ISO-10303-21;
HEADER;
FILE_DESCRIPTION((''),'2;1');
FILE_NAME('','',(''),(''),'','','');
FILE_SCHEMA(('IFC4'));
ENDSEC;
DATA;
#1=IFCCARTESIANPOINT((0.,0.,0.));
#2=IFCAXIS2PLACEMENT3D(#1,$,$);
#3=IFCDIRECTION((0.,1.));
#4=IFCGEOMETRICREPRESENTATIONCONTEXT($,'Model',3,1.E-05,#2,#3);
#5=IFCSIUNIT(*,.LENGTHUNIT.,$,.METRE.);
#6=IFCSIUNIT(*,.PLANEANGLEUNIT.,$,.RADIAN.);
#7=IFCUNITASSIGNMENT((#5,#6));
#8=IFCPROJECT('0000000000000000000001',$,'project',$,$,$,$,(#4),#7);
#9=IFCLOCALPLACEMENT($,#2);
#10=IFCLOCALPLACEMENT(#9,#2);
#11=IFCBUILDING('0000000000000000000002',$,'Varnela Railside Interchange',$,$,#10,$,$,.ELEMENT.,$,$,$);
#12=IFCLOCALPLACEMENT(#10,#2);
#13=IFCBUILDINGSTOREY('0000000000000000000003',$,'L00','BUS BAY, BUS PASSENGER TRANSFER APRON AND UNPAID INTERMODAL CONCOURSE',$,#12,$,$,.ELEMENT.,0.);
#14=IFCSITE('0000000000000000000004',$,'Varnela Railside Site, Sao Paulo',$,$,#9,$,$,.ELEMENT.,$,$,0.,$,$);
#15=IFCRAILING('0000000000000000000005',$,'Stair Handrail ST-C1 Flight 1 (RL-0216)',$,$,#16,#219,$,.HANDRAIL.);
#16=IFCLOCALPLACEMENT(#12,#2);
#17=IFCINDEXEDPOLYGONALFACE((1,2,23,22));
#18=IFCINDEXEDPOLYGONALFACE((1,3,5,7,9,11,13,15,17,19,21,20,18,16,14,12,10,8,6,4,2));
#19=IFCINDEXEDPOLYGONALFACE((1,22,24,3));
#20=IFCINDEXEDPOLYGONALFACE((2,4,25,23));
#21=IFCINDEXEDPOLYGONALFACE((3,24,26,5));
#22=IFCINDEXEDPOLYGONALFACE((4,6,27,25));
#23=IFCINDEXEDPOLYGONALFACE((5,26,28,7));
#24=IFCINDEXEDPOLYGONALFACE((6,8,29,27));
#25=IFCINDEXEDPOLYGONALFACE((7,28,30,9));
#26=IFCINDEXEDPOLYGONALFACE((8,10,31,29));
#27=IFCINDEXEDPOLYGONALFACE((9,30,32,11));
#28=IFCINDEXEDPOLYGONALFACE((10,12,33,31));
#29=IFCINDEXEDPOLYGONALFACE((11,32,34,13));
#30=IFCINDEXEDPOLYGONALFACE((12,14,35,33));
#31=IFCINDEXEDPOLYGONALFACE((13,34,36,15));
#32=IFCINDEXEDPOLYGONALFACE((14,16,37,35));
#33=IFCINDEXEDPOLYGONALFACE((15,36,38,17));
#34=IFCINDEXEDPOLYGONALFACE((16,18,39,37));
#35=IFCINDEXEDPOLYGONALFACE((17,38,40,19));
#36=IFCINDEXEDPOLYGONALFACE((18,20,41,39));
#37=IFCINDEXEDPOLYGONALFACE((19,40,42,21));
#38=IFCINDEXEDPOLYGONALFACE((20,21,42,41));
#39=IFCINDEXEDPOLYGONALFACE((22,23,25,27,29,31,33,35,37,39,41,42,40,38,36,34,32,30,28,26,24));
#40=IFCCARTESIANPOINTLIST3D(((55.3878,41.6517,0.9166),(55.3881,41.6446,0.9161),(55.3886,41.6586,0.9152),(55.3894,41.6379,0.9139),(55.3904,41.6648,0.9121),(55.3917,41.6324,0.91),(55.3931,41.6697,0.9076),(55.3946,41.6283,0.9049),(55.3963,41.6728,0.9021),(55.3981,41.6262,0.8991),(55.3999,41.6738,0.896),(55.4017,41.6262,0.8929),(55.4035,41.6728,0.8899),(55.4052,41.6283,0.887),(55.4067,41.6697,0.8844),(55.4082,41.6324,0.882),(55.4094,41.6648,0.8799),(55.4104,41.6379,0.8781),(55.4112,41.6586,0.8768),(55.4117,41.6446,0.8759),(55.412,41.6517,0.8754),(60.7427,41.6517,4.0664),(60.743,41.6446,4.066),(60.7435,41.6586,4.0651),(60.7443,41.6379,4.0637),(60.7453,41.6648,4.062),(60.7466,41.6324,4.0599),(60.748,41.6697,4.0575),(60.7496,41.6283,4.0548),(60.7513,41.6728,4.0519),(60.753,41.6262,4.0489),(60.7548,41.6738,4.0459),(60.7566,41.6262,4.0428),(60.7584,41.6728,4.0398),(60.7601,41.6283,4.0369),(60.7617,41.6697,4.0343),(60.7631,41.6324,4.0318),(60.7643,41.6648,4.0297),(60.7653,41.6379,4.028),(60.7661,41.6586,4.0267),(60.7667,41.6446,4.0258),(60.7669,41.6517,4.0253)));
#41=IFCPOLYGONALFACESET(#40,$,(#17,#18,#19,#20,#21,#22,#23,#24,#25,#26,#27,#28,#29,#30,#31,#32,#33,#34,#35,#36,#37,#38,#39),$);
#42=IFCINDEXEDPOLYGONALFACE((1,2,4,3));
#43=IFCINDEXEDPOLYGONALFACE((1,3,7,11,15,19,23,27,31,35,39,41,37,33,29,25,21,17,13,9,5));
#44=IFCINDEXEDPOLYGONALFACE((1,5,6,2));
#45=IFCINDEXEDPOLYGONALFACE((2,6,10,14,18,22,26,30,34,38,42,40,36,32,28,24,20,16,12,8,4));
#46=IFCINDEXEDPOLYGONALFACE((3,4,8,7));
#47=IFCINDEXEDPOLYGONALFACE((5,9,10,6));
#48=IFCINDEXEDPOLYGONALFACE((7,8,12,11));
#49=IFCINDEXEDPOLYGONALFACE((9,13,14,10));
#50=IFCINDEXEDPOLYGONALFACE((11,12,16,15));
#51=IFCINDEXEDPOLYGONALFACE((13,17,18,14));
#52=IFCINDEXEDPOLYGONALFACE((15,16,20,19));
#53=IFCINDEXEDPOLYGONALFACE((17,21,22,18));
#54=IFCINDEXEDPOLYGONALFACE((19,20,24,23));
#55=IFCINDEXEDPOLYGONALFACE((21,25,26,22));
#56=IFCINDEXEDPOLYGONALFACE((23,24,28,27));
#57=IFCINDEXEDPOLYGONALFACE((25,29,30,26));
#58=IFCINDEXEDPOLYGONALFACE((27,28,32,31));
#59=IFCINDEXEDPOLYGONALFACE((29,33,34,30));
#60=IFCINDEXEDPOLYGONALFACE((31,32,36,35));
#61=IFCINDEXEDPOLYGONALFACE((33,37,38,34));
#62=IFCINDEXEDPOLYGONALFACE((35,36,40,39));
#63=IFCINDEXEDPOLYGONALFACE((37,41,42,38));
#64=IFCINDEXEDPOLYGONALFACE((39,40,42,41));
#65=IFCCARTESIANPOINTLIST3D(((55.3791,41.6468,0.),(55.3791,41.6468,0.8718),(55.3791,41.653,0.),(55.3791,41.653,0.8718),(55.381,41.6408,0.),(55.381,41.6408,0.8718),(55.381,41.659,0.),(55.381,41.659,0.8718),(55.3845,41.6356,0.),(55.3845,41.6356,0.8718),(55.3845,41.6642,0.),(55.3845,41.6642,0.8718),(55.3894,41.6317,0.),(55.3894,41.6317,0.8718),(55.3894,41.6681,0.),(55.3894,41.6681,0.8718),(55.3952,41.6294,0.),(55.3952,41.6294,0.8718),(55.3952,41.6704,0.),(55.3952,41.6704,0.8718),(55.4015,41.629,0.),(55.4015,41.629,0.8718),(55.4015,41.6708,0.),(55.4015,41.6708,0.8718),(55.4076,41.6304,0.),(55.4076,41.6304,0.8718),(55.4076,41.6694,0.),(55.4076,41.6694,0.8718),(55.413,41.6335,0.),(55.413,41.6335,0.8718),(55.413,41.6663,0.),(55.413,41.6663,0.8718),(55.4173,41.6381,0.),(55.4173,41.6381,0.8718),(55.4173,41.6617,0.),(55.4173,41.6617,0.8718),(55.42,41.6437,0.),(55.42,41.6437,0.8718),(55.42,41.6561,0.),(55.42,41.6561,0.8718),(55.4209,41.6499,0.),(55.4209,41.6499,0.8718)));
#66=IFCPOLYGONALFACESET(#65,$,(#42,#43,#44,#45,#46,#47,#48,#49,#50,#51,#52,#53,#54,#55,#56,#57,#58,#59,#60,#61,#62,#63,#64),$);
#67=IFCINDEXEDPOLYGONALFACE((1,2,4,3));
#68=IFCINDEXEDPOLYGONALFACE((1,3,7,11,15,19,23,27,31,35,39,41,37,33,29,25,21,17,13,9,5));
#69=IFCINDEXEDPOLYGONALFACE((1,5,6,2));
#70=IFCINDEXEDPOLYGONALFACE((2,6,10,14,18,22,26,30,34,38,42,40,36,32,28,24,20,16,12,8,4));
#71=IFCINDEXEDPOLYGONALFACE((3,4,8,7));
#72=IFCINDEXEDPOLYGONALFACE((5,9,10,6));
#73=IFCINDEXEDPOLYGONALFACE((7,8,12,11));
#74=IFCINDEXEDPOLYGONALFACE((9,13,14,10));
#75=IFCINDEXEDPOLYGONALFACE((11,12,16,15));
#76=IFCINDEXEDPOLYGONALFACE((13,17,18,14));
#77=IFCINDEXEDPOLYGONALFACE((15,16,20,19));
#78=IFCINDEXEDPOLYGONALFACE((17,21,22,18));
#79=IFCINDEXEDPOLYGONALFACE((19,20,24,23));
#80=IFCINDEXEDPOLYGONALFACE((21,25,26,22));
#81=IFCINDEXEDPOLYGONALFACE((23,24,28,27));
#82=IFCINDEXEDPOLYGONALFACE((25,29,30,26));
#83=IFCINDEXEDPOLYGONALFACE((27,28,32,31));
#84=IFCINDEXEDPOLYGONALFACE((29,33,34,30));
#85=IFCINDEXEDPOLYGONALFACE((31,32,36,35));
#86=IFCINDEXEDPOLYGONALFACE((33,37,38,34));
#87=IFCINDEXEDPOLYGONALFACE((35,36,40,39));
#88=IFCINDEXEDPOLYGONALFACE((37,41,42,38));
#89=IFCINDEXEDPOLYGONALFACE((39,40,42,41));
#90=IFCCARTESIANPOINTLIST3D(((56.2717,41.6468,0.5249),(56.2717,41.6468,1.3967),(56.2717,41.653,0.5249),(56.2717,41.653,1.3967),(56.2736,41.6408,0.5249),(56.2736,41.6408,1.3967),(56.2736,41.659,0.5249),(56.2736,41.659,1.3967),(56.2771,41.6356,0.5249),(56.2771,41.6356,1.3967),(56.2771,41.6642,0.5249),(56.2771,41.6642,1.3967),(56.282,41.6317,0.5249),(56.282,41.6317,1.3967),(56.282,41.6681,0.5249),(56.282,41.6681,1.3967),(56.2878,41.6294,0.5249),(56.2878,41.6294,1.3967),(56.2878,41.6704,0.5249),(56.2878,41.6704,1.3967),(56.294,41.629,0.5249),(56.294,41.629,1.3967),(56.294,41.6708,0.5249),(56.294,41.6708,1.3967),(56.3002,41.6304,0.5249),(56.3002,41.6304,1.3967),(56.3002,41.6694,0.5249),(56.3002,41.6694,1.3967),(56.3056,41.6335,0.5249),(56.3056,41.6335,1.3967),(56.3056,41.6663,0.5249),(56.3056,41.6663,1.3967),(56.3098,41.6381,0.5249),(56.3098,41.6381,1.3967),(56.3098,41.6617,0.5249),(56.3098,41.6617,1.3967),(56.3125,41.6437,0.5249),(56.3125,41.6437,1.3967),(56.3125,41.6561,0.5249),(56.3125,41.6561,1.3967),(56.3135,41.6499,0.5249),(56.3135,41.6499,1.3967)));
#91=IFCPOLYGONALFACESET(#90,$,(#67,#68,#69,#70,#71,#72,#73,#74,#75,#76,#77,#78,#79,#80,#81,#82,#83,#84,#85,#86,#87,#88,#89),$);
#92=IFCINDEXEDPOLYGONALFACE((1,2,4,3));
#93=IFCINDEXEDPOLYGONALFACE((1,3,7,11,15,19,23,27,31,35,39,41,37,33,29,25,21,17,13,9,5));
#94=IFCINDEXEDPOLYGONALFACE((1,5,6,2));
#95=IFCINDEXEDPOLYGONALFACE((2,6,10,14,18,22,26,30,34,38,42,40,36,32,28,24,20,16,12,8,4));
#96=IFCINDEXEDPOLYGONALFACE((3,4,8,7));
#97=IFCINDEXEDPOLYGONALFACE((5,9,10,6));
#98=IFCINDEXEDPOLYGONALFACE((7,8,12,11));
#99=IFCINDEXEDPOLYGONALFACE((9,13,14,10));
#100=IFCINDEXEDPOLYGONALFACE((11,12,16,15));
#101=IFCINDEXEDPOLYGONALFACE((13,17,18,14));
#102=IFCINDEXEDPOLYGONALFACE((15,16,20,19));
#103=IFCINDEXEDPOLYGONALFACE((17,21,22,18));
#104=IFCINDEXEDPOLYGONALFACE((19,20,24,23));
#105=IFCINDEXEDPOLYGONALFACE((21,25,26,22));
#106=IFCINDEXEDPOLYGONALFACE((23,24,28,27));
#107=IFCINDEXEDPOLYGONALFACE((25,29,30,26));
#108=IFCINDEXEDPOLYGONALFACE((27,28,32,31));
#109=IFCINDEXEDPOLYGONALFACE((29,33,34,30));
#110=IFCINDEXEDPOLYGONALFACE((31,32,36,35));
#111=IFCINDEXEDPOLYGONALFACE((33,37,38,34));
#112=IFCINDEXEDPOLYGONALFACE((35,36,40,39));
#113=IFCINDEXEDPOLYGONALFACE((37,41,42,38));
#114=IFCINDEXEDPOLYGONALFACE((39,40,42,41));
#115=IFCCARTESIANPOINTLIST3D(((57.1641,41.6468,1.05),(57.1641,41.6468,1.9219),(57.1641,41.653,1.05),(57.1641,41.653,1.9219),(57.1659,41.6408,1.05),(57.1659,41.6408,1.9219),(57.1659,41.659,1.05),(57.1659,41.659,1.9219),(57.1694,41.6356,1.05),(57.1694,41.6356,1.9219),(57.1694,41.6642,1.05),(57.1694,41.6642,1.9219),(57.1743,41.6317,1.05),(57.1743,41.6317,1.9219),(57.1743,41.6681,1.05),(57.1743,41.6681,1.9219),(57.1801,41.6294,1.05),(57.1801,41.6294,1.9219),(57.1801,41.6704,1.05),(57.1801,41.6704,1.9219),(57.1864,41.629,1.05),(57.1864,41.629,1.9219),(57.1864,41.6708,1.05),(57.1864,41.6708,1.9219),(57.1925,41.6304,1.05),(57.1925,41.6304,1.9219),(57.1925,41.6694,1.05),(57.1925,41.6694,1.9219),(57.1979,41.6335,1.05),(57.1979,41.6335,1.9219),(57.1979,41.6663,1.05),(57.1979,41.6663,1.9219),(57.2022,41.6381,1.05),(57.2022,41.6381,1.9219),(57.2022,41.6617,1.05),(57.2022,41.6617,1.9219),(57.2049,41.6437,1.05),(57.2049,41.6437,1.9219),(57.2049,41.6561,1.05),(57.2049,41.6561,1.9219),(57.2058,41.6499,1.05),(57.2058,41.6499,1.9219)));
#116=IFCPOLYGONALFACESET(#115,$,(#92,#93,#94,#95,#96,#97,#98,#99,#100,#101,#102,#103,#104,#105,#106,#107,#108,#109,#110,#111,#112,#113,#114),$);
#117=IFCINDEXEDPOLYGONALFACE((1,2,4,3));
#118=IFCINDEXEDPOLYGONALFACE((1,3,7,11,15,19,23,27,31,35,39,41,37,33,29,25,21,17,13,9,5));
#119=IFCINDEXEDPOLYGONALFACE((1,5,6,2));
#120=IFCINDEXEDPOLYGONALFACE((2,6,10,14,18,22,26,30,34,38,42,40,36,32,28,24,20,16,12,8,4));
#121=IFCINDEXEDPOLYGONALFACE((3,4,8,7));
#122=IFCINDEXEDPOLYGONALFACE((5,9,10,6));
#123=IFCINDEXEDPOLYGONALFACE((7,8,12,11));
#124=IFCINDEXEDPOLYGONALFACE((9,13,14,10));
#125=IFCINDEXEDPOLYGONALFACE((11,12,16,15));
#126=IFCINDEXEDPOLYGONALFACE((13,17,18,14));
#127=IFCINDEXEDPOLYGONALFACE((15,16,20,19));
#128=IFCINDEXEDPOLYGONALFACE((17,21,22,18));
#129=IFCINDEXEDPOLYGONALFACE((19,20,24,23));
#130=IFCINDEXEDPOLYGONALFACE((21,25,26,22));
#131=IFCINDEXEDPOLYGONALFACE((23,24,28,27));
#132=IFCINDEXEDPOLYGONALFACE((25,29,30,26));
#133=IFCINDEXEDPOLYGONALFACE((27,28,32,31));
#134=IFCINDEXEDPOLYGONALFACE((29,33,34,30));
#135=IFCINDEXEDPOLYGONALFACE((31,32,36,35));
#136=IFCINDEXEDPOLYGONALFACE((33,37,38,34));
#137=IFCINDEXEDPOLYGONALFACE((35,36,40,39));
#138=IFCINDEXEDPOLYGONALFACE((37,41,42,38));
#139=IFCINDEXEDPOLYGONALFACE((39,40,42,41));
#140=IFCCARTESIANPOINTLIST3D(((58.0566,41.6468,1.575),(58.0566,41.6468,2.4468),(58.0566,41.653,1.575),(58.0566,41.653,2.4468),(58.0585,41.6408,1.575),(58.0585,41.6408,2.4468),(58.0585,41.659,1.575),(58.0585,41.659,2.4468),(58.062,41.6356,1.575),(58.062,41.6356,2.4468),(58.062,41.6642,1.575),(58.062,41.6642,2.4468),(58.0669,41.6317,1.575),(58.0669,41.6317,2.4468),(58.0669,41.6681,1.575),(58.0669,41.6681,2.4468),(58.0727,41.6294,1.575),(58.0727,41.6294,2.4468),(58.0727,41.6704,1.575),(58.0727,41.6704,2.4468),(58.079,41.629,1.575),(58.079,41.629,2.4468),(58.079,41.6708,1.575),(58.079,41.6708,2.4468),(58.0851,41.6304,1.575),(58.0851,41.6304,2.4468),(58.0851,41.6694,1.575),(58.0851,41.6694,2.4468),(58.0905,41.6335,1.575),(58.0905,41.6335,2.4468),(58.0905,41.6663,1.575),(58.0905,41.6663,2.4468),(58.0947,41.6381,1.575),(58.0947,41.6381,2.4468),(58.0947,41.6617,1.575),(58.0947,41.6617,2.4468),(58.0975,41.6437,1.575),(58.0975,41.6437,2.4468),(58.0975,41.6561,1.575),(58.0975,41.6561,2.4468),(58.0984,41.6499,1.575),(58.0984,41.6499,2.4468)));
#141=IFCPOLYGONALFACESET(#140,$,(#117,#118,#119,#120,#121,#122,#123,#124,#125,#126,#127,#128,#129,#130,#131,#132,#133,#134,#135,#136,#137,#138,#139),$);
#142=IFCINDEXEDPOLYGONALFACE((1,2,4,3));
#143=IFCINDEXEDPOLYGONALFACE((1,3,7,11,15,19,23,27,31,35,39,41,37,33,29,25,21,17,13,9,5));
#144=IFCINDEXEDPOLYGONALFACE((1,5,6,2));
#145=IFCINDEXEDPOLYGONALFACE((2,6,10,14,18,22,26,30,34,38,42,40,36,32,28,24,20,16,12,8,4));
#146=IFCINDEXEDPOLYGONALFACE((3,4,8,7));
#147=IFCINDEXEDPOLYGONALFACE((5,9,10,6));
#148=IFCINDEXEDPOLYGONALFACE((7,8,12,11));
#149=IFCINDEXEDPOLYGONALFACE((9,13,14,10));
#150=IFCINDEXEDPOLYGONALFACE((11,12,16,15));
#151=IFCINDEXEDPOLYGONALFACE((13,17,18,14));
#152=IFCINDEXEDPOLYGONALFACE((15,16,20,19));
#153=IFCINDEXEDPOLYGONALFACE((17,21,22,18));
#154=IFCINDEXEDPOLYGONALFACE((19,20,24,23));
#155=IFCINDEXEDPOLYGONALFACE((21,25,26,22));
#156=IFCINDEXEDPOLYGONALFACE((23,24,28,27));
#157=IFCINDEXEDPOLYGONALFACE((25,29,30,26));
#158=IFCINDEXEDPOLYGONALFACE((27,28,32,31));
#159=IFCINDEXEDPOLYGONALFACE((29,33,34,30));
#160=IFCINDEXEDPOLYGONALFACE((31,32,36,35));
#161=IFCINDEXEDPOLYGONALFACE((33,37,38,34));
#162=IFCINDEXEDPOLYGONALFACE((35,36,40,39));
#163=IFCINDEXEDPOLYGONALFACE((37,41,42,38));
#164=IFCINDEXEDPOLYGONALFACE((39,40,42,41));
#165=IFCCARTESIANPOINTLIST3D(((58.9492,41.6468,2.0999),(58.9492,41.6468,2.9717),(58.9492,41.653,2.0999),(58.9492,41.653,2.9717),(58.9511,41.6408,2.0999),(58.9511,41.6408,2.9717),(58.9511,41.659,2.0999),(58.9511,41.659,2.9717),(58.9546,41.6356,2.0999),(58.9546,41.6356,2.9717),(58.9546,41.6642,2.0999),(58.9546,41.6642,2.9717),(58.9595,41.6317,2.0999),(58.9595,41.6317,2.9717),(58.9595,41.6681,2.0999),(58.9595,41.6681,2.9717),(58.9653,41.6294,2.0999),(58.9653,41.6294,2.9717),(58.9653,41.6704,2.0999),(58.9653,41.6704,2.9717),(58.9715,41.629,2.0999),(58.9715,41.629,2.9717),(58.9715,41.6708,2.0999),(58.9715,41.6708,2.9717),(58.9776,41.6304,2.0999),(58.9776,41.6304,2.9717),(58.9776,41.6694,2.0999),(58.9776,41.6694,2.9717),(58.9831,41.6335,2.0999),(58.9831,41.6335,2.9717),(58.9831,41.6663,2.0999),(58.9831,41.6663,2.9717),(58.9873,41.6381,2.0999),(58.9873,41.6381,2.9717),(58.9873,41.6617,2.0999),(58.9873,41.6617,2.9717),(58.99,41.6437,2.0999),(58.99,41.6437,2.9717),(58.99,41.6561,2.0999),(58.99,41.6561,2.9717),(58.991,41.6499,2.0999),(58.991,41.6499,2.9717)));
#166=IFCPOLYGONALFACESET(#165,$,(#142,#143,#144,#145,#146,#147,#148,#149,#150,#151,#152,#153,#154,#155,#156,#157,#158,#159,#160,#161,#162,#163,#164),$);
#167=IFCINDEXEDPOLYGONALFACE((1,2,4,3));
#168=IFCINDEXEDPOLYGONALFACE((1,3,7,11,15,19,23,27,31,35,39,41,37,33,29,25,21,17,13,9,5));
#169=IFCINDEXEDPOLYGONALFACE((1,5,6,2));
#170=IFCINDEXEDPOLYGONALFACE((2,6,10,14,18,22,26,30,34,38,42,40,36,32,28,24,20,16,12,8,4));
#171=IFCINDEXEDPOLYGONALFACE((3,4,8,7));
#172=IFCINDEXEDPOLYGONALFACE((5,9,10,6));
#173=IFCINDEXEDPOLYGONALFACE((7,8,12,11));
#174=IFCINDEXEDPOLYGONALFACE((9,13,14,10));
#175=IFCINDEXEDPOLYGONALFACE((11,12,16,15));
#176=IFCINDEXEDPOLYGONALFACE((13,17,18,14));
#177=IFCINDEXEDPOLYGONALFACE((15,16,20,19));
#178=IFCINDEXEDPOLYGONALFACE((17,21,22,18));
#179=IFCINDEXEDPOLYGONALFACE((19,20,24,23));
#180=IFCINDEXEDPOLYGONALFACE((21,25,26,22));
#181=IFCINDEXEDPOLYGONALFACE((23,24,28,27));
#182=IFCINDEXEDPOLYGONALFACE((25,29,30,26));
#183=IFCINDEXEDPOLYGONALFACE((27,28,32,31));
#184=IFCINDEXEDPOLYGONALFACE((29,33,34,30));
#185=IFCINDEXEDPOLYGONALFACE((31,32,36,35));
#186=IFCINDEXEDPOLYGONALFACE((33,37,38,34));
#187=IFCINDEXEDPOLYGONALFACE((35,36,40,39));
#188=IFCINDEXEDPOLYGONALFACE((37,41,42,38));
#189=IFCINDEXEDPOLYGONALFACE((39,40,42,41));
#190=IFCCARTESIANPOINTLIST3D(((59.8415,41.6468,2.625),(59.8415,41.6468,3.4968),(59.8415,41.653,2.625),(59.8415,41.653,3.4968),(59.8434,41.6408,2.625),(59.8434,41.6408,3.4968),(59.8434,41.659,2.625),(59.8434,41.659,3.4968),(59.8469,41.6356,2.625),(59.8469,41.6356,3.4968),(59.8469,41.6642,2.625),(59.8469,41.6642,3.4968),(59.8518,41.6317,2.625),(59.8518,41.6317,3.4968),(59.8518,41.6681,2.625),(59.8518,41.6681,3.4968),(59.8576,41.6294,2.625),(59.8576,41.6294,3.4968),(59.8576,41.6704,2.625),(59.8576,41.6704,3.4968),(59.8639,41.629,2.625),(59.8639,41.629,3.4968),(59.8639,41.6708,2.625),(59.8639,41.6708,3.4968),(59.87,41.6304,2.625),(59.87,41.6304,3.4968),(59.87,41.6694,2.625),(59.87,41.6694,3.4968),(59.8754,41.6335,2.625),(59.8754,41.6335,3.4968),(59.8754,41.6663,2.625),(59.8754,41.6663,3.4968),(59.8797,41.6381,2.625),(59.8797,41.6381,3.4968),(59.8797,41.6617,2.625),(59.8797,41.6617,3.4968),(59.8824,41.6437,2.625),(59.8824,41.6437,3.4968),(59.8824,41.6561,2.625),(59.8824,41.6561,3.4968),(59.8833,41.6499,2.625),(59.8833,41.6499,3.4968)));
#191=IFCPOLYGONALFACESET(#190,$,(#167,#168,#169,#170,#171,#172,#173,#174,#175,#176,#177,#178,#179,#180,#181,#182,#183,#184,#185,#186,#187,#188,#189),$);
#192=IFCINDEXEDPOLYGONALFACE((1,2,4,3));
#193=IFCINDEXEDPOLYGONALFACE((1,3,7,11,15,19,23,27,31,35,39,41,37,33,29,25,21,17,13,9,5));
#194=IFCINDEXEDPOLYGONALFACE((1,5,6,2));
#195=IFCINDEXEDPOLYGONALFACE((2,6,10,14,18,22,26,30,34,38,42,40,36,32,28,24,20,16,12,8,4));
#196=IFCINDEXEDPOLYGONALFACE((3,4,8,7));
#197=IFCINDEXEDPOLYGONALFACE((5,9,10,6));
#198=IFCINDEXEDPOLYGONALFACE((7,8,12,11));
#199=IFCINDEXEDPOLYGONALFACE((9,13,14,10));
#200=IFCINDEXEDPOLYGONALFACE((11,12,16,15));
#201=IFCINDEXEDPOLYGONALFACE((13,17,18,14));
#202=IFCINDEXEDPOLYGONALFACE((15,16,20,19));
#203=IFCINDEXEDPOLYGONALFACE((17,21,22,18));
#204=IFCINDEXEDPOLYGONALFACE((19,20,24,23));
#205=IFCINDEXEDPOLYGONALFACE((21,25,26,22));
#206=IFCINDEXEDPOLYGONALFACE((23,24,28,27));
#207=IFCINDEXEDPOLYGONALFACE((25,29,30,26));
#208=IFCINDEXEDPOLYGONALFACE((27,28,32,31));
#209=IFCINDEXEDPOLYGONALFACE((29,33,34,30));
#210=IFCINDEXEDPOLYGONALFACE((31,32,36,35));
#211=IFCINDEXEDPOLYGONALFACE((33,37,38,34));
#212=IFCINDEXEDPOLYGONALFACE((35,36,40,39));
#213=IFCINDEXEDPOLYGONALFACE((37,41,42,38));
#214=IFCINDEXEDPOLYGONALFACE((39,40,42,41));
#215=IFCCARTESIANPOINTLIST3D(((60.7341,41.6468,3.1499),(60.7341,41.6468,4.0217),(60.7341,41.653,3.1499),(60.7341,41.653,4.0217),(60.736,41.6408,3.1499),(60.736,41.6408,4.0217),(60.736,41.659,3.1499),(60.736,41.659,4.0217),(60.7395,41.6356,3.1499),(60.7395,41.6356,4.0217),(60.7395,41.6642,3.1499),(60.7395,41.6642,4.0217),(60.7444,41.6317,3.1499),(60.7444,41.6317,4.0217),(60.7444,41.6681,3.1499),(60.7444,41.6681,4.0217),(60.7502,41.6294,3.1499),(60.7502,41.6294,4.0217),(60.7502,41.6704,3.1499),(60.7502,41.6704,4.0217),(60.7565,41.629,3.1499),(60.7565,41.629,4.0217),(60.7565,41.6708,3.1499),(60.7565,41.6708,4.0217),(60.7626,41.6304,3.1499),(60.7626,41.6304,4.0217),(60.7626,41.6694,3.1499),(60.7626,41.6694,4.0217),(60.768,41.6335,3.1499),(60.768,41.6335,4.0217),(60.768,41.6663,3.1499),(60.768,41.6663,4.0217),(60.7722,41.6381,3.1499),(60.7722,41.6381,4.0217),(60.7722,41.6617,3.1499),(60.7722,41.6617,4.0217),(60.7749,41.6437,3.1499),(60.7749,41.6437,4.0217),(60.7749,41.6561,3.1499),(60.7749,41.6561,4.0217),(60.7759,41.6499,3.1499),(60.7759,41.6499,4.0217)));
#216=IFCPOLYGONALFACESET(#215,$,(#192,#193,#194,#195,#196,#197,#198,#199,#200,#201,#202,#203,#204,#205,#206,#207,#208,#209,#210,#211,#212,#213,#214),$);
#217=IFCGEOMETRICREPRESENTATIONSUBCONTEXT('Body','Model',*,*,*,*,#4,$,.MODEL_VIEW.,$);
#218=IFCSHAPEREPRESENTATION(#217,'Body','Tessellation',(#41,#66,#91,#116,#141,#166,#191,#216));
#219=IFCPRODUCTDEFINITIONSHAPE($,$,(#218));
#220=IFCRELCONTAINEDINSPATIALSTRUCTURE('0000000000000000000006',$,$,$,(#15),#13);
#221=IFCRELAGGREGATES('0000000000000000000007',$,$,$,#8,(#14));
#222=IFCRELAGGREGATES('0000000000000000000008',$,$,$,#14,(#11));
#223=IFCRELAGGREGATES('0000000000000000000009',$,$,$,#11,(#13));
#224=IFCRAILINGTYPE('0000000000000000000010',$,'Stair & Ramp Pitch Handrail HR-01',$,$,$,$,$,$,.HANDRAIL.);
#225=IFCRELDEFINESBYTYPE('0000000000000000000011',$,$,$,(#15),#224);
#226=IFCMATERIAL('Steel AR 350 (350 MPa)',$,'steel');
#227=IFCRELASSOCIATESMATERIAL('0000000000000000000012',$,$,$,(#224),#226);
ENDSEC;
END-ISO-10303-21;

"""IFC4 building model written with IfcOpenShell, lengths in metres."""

from ifc_helpers import new_model, si_unit, direction, frame, origin, origin_2d, place, context, subcontext, project, spatial, circle, extrude, material, type_object, element, save


model = new_model("IFC4")

# Units and contexts
model_context = context("Model", 3, precision=1e-05, world=origin(), true_north=direction((0.0, 1.0)))
body_context = subcontext(model_context, "Body", "Model", "MODEL_VIEW")
ifc_project = project(units=[si_unit("LENGTHUNIT", "METRE"), si_unit("PLANEANGLEUNIT", "RADIAN")], contexts=[model_context])

# Site, building, storey
site_placement = place(None, origin())
site = spatial("IfcSite", under=ifc_project, at=site_placement, Name="Varnela Railside Site, Sao Paulo", CompositionType="ELEMENT", RefElevation=0.0)
building_placement = place(site_placement, origin())
building = spatial("IfcBuilding", under=site, at=building_placement, Name="Varnela Railside Interchange", CompositionType="ELEMENT")
storey_placement = place(building_placement, origin())
storey = spatial("IfcBuildingStorey", under=building, at=storey_placement, Name="L00", Description="BUS BAY, BUS PASSENGER TRANSFER APRON AND UNPAID INTERMODAL CONCOURSE", CompositionType="ELEMENT", Elevation=0.0)

# Shared definitions
ifc_material_1 = material(Name="Steel AR 350 (350 MPa)", Category="steel")

# Railing
railing_type_1 = type_object("IfcRailingType", Name="Stair & Ramp Pitch Handrail HR-01", PredefinedType="HANDRAIL", material=ifc_material_1)
railing_1_placement = place(storey_placement, frame((55.3999, 41.6499, 0.0)))
element("IfcRailing", 1, at=railing_1_placement, inside=storey, type_object=railing_type_1, Name="Stair Handrail ST-C1 Flight 1 (RL-0216)", PredefinedType="HANDRAIL", context=body_context, shape_type="SweptSolid", body=[
    extrude(circle(Radius=0.0239, at=origin_2d()), frame((0.0, 0.0, 0.896), z_axis=(0.86194, 0.0, 0.50701), x_axis=(0.0, 1.0, 0.0)), (0.0, 0.0, 1.0), 6.2126),
    extrude(circle(Radius=0.021, at=origin_2d()), origin(), (0.0, 0.0, 1.0), 0.8718),
    extrude(circle(Radius=0.021, at=origin_2d()), frame((0.8926, 0.0, 0.5249)), (0.0, 0.0, 1.0), 0.8718),
    extrude(circle(Radius=0.021, at=origin_2d()), frame((1.7849, 0.0, 1.05)), (0.0, 0.0, 1.0), 0.8718),
    extrude(circle(Radius=0.021, at=origin_2d()), frame((2.6775, 0.0, 1.575)), (0.0, 0.0, 1.0), 0.8718),
    extrude(circle(Radius=0.021, at=origin_2d()), frame((3.5701, 0.0, 2.0999)), (0.0, 0.0, 1.0), 0.8718),
    extrude(circle(Radius=0.021, at=origin_2d()), frame((4.4624, 0.0, 2.625)), (0.0, 0.0, 1.0), 0.8718),
    extrude(circle(Radius=0.021, at=origin_2d()), frame((5.355, 0.0, 3.1499)), (0.0, 0.0, 1.0), 0.8718),
])

save(model, "model.ifc")
